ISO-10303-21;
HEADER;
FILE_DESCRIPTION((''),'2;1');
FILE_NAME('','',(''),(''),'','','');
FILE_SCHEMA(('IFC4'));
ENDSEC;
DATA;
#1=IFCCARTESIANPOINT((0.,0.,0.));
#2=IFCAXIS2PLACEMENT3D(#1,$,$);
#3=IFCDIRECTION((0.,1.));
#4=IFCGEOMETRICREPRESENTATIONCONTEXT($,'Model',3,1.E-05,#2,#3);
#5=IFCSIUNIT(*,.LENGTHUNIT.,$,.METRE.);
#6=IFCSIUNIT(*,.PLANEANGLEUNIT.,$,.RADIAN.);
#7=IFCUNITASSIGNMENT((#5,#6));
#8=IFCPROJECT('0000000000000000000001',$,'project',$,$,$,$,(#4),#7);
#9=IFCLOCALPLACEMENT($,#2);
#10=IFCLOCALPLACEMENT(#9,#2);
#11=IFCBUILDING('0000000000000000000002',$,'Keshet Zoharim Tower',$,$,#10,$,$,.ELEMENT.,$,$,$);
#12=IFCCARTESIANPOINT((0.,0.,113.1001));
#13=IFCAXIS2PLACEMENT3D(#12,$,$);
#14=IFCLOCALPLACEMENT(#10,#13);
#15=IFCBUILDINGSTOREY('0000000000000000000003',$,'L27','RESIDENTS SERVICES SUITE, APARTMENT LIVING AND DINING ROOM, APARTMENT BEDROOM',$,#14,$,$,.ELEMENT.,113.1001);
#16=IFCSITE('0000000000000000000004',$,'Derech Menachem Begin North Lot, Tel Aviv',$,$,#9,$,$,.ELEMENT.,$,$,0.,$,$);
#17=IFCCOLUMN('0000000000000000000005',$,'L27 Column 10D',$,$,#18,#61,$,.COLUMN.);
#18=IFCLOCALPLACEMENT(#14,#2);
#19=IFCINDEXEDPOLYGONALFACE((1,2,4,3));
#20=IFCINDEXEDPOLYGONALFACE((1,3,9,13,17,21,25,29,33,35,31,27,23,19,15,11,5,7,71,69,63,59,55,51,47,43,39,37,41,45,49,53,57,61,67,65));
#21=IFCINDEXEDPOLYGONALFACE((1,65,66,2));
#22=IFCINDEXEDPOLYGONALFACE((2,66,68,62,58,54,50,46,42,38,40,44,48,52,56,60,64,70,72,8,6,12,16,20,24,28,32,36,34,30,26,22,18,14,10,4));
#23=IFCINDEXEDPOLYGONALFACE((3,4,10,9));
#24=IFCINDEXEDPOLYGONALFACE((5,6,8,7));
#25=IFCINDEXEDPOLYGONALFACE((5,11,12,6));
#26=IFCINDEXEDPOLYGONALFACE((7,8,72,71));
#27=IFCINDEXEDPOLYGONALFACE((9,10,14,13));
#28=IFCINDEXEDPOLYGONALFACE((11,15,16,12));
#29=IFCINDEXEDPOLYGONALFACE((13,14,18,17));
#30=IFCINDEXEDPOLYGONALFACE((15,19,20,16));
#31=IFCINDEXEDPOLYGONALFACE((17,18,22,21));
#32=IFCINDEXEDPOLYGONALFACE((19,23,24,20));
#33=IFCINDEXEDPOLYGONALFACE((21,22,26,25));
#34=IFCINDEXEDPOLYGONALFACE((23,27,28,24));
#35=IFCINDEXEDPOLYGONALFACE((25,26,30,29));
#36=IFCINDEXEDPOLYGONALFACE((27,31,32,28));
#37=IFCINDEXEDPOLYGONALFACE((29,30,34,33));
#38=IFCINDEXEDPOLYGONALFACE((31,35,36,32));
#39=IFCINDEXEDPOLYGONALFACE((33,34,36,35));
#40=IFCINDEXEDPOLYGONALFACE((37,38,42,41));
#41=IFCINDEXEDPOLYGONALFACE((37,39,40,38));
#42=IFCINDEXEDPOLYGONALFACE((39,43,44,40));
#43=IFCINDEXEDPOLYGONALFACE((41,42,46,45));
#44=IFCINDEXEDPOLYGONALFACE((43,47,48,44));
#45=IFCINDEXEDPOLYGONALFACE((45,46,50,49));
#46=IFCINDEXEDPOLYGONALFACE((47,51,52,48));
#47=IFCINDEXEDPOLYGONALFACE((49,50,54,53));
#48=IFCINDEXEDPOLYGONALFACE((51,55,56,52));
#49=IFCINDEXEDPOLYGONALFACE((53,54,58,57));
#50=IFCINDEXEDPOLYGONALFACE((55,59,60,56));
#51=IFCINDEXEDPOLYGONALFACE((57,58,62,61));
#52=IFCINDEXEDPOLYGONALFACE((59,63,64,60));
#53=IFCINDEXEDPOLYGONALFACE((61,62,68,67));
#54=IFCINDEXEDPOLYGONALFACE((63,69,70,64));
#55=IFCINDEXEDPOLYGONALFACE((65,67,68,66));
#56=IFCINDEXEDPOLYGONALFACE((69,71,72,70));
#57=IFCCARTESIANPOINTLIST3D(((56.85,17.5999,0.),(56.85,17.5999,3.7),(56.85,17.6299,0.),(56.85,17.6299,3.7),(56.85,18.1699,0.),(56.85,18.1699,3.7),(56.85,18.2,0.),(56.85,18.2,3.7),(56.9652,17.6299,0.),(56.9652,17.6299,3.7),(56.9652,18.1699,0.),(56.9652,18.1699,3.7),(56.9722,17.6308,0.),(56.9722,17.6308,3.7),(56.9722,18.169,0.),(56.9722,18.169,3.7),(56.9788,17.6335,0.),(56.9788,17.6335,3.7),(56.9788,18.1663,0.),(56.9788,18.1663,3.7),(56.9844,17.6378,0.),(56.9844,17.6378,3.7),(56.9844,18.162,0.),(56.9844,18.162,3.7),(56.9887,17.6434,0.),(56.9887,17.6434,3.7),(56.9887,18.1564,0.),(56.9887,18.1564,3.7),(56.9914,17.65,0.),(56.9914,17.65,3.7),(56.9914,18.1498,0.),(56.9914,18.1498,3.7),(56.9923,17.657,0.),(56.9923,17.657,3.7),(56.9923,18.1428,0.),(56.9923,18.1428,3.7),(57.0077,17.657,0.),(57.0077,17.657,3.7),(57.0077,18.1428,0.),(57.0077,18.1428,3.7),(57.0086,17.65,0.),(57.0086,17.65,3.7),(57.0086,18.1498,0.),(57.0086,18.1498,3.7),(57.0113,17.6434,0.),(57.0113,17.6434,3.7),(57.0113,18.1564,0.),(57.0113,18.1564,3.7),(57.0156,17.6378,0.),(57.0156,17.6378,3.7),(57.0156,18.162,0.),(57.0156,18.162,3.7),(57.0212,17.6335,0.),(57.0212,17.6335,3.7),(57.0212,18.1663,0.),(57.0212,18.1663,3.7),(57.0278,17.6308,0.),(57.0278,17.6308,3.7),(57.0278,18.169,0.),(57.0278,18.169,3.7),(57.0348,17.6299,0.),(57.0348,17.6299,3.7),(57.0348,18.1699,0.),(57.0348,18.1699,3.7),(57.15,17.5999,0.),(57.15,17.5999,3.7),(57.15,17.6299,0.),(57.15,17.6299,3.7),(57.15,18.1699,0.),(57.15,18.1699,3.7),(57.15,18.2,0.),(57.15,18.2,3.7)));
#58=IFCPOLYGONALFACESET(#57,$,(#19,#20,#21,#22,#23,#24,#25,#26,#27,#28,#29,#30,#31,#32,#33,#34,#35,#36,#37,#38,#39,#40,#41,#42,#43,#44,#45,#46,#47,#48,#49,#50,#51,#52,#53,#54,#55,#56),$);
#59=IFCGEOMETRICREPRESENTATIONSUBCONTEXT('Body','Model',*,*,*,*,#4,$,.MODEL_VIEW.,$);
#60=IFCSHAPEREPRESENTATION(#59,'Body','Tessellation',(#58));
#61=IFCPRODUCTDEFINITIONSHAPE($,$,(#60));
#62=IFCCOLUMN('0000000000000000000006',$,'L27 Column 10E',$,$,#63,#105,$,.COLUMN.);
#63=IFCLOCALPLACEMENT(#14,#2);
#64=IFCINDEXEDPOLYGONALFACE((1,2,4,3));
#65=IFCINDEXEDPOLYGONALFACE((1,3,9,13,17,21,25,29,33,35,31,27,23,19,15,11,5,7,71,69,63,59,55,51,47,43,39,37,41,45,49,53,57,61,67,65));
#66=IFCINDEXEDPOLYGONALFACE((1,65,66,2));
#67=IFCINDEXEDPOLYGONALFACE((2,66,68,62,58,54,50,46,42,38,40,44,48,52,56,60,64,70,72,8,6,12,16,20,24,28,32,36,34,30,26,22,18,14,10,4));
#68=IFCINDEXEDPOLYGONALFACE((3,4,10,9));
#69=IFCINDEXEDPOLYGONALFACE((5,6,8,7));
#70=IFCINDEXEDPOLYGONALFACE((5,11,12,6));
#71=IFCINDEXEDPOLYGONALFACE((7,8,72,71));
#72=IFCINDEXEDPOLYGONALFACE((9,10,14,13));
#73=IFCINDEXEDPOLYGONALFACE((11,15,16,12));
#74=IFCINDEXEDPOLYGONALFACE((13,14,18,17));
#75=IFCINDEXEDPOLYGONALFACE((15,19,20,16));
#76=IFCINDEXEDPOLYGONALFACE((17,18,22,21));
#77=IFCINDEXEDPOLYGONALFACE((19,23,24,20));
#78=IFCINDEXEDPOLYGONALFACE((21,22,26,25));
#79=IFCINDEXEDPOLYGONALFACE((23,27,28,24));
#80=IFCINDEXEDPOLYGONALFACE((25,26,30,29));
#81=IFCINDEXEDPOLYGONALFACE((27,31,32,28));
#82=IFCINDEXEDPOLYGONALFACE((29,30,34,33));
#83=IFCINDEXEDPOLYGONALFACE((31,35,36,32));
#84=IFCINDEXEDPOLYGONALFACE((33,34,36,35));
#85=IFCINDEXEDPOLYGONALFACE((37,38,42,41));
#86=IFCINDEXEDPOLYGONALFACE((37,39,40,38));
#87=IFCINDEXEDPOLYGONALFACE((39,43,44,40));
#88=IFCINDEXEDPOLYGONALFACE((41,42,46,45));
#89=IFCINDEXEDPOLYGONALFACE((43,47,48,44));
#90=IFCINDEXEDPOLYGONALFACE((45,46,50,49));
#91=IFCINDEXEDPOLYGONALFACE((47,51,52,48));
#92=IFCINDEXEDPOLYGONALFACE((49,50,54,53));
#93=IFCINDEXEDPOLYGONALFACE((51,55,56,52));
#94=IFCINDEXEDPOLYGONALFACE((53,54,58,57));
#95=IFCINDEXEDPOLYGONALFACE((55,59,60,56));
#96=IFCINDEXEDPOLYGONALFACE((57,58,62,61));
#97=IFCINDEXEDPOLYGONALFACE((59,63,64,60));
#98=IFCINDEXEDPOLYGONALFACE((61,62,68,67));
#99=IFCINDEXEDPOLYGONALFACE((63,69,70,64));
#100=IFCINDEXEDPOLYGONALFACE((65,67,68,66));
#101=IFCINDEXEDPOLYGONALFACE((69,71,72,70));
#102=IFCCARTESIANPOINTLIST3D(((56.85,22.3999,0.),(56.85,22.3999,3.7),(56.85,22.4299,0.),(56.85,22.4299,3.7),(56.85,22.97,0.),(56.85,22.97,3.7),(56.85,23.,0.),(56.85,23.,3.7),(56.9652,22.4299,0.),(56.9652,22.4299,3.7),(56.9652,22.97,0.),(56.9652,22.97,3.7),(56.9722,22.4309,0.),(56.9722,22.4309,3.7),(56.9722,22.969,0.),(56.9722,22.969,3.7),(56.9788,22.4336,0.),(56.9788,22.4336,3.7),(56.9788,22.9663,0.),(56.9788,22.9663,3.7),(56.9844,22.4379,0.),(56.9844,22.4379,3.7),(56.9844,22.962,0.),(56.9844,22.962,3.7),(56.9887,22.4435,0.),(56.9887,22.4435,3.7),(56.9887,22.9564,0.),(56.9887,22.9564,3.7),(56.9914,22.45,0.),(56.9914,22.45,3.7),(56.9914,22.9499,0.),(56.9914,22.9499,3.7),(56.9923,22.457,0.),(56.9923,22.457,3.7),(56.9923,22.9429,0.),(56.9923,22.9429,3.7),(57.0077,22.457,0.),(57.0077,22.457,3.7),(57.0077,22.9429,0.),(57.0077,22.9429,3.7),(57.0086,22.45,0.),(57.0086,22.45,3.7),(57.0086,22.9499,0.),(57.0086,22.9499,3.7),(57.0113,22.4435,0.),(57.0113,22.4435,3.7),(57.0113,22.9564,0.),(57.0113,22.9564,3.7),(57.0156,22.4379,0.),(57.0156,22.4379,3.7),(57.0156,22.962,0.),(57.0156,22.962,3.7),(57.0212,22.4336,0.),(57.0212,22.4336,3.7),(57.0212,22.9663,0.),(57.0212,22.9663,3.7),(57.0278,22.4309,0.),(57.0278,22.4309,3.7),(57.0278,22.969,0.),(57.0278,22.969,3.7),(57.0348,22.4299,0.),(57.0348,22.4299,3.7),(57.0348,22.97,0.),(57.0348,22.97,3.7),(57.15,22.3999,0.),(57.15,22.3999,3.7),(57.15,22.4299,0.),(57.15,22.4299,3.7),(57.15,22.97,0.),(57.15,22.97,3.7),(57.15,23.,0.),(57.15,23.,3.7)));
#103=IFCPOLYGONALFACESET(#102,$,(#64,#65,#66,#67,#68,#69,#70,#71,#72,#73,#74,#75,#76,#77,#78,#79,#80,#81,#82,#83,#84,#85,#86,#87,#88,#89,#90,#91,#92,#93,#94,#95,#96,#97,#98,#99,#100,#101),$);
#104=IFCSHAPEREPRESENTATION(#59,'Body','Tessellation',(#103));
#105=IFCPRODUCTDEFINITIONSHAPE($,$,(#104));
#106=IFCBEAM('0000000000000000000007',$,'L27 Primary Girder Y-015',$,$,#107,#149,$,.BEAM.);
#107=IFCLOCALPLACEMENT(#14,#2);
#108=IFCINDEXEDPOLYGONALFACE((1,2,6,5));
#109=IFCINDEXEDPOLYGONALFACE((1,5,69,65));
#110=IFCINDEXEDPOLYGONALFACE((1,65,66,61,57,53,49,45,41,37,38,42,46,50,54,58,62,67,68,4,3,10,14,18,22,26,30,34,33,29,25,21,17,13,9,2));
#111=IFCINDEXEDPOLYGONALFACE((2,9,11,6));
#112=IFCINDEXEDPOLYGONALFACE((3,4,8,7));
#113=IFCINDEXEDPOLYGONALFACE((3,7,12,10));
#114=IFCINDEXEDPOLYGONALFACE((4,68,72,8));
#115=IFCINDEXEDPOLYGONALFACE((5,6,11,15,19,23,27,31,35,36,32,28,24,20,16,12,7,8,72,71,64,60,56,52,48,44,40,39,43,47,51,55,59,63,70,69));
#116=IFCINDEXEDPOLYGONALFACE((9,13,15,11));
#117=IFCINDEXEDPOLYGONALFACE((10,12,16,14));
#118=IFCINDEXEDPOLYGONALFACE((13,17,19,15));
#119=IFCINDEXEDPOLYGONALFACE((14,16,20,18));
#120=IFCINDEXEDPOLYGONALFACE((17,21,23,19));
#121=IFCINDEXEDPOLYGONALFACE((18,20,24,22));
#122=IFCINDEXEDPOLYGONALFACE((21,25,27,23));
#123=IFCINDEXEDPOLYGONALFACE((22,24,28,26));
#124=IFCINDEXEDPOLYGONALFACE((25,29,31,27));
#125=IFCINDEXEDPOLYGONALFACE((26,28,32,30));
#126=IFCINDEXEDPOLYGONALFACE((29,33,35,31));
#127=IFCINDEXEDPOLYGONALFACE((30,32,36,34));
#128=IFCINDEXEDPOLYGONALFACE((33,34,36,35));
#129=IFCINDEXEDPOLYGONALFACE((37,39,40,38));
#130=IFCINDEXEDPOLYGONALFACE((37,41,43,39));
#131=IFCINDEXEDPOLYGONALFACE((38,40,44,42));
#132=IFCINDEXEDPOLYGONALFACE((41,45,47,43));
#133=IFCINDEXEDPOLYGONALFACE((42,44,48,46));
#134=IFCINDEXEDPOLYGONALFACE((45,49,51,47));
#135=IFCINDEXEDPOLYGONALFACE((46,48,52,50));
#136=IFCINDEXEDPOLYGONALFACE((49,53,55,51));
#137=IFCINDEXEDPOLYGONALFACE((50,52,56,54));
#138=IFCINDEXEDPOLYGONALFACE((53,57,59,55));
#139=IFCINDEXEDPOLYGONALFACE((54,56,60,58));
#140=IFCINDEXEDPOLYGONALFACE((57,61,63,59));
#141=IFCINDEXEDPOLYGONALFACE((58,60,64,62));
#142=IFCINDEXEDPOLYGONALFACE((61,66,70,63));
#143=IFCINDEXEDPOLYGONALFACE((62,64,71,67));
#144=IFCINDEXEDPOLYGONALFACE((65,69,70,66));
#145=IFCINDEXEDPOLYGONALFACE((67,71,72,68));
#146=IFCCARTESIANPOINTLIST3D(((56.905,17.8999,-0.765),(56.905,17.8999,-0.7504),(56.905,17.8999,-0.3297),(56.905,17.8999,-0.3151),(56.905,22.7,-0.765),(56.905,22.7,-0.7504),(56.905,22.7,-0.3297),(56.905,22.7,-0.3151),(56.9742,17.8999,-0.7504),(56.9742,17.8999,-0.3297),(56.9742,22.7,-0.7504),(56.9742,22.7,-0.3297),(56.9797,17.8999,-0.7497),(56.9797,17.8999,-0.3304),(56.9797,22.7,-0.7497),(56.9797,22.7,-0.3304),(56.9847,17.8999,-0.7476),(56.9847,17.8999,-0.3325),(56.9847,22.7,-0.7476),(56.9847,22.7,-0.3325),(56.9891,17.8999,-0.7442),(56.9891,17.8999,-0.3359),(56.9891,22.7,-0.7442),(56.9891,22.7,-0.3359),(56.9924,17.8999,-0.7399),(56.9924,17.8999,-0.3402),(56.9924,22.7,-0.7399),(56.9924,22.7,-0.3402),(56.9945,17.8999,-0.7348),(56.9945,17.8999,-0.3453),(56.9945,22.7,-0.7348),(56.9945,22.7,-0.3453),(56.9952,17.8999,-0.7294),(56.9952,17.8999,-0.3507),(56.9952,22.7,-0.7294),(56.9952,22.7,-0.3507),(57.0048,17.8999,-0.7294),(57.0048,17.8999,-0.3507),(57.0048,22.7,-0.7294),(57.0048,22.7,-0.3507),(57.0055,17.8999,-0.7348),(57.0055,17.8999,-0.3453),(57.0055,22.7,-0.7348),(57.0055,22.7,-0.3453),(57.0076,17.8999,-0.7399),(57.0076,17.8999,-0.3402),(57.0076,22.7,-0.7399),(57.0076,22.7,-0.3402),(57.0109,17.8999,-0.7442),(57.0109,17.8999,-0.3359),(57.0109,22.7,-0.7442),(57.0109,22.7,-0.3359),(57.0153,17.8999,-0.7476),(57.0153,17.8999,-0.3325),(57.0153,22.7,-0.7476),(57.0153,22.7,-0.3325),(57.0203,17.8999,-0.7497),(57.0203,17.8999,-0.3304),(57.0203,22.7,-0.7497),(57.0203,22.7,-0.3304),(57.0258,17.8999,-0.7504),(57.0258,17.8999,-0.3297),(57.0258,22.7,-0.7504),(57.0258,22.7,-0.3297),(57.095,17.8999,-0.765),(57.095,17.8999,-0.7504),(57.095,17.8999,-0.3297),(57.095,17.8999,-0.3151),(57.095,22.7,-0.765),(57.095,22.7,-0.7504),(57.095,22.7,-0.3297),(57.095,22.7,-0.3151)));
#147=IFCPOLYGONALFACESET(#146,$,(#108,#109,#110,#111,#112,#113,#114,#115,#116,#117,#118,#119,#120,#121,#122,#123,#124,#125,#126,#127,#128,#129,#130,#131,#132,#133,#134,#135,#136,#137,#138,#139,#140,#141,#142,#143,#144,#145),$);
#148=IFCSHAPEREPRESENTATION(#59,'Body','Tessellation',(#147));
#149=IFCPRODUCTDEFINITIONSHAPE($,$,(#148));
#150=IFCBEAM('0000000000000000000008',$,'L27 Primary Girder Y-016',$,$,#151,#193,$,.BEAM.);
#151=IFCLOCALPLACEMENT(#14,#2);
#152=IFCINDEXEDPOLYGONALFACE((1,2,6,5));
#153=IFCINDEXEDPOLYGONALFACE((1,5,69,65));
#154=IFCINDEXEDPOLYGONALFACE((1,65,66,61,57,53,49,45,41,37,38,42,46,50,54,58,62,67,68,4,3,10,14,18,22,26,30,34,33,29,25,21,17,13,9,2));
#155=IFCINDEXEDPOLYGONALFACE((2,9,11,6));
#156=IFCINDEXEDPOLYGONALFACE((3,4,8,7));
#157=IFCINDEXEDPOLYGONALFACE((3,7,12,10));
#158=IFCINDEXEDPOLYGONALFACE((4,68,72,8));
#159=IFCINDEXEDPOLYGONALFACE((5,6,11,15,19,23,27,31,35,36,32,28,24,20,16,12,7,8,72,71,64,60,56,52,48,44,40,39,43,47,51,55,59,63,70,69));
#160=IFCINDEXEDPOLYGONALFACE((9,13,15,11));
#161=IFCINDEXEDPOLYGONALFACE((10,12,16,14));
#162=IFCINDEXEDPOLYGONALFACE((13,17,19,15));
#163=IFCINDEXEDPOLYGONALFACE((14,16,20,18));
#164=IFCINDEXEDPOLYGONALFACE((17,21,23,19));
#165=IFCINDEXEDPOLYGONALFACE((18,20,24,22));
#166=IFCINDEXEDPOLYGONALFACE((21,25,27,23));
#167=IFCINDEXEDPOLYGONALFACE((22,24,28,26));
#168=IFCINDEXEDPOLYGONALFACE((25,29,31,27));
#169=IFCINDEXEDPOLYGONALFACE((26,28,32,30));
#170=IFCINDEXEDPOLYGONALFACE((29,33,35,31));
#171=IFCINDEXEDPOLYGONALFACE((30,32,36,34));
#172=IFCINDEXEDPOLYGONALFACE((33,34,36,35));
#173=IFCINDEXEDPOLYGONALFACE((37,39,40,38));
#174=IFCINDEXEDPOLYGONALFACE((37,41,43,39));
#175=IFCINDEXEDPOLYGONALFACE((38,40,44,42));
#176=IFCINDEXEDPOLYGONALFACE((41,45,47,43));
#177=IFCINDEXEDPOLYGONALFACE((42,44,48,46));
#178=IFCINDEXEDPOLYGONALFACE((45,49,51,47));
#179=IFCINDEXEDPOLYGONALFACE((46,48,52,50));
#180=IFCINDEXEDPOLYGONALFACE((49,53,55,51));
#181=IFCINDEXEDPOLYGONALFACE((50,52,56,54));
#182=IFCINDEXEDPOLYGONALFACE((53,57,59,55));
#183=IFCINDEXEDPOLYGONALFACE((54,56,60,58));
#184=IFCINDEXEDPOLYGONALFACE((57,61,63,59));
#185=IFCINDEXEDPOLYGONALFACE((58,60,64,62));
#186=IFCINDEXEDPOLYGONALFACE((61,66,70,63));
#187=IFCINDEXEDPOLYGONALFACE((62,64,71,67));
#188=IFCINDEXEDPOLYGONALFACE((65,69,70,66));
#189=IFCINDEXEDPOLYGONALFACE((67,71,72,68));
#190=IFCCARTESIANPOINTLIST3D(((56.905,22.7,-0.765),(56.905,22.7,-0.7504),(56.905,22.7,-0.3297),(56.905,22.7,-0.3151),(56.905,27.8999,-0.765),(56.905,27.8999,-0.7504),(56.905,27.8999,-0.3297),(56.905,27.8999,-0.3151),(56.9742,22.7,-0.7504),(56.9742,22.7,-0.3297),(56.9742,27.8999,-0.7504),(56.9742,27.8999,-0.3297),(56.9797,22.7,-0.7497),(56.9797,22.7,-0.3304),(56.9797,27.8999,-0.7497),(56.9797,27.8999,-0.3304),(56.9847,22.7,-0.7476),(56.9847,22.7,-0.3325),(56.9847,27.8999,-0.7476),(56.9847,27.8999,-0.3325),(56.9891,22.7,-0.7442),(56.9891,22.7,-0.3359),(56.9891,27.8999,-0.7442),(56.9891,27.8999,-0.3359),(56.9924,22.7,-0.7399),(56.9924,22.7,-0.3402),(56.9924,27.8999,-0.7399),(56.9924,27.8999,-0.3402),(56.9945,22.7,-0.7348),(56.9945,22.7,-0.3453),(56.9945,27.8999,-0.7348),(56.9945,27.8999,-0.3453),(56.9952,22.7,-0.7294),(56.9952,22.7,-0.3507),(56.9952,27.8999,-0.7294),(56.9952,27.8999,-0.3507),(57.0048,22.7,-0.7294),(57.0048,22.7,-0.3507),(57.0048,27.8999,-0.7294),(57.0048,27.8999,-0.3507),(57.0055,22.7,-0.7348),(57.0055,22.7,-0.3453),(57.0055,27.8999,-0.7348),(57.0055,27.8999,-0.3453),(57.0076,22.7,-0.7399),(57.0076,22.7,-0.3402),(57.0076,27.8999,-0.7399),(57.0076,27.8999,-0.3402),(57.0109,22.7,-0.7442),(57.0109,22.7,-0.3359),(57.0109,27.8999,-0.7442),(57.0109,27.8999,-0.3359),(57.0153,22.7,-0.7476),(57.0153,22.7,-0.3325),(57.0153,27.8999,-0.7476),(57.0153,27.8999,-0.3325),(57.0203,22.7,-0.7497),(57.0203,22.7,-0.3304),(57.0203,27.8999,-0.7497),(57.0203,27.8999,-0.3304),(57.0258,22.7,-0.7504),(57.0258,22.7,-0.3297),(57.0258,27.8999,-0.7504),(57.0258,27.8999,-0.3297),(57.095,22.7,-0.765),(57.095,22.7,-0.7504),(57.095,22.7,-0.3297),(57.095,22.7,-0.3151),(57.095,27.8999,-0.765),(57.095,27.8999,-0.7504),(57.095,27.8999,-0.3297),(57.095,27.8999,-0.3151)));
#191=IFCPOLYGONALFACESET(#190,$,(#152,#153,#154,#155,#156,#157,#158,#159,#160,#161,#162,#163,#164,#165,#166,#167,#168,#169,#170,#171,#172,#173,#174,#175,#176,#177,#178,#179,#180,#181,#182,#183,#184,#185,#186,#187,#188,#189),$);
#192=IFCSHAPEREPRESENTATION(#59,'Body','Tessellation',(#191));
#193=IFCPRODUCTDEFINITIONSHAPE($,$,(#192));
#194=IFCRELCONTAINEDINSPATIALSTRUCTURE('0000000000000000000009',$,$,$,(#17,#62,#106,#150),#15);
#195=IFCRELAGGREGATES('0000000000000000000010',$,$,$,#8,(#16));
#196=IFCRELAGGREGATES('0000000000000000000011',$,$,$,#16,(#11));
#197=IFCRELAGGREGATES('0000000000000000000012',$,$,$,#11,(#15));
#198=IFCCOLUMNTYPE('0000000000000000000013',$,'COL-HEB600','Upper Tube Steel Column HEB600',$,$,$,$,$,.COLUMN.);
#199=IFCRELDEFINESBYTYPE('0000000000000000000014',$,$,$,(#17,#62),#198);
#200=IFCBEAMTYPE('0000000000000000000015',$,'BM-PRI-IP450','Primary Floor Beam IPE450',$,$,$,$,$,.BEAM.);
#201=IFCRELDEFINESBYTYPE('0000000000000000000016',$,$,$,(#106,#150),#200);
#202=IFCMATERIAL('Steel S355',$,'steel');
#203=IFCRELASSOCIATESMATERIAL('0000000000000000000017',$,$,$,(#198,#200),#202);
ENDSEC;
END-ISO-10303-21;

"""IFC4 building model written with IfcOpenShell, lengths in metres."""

from ifc_helpers import new_model, si_unit, direction, frame, origin, origin_2d, place, context, subcontext, project, spatial, i_section, extrude, material, material_profile, profile_set, type_object, element, save


model = new_model("IFC4")

# Units and contexts
model_context = context("Model", 3, precision=1e-05, world=origin(), true_north=direction((0.0, 1.0)))
body_context = subcontext(model_context, "Body", "Model", "MODEL_VIEW")
ifc_project = project(units=[si_unit("LENGTHUNIT", "METRE"), si_unit("PLANEANGLEUNIT", "RADIAN")], contexts=[model_context])

# Site, building, storey
site_placement = place(None, origin())
site = spatial("IfcSite", under=ifc_project, at=site_placement, Name="Derech Menachem Begin North Lot, Tel Aviv", CompositionType="ELEMENT", RefElevation=0.0)
building_placement = place(site_placement, origin())
building = spatial("IfcBuilding", under=site, at=building_placement, Name="Keshet Zoharim Tower", CompositionType="ELEMENT")
storey_placement = place(building_placement, frame((0.0, 0.0, 113.1001)))
storey = spatial("IfcBuildingStorey", under=building, at=storey_placement, Name="L27", Description="RESIDENTS SERVICES SUITE, APARTMENT LIVING AND DINING ROOM, APARTMENT BEDROOM", CompositionType="ELEMENT", Elevation=113.1001)

# Columns
ifc_material_1 = material(Name="Steel S355", Category="steel")
ifc_material_profile_1 = material_profile(ifc_material_1, i_section(OverallWidth=0.3, OverallDepth=0.6001, WebThickness=0.0154, FlangeThickness=0.03, FilletRadius=0.0271, at=origin_2d()), Name="HEB600")
ifc_profile_set_1 = profile_set([ifc_material_profile_1], Name="Steel S355")
column_type = type_object("IfcColumnType", Name="COL-HEB600", Description="Upper Tube Steel Column HEB600", PredefinedType="COLUMN", material=ifc_profile_set_1)
for number, where, z_axis, x_axis, name in (
    (1, (57.0, 17.8999, 0.0), (0.0, 0.0, 1.0), (1.0, 0.0, 0.0), "L27 Column 10D"),
    (2, (57.0, 22.7, 0.0), (0.0, 0.0, 1.0), (1.0, 0.0, 0.0), "L27 Column 10E"),
):
    element("IfcColumn", number, at=place(storey_placement, frame(where, z_axis=z_axis, x_axis=x_axis)), inside=storey, type_object=column_type, Name=name, PredefinedType="COLUMN", context=body_context, shape_type="SweptSolid", body=[
        extrude(i_section(OverallWidth=0.3, OverallDepth=0.6001, WebThickness=0.0154, FlangeThickness=0.03, FilletRadius=0.0271, at=origin_2d()), origin(), (0.0, 0.0, 1.0), 3.7),
    ])

# Beams
ifc_material_profile_2 = material_profile(ifc_material_1, i_section(OverallWidth=0.1899, OverallDepth=0.45, WebThickness=0.0095, FlangeThickness=0.0146, FilletRadius=0.021, at=origin_2d()), Name="IPE450")
ifc_profile_set_2 = profile_set([ifc_material_profile_2], Name="Steel S355")
beam_type = type_object("IfcBeamType", Name="BM-PRI-IP450", Description="Primary Floor Beam IPE450", PredefinedType="BEAM", material=ifc_profile_set_2)
beam_1_placement = place(storey_placement, frame((57.0, 17.8999, -0.54), z_axis=(0.0, 1.0, 0.0), x_axis=(-1.0, 0.0, 0.0)))
element("IfcBeam", 3, at=beam_1_placement, inside=storey, type_object=beam_type, Name="L27 Primary Girder Y-015", PredefinedType="BEAM", context=body_context, shape_type="SweptSolid", body=[
    extrude(i_section(OverallWidth=0.1899, OverallDepth=0.45, WebThickness=0.0095, FlangeThickness=0.0146, FilletRadius=0.021, at=origin_2d()), origin(), (0.0, 0.0, 1.0), 4.8),
])
beam_2_placement = place(storey_placement, frame((57.0, 22.7, -0.54), z_axis=(0.0, 1.0, 0.0), x_axis=(-1.0, 0.0, 0.0)))
element("IfcBeam", 4, at=beam_2_placement, inside=storey, type_object=beam_type, Name="L27 Primary Girder Y-016", PredefinedType="BEAM", context=body_context, shape_type="SweptSolid", body=[
    extrude(i_section(OverallWidth=0.1899, OverallDepth=0.45, WebThickness=0.0095, FlangeThickness=0.0146, FilletRadius=0.021, at=origin_2d()), origin(), (0.0, 0.0, 1.0), 5.2),
])

save(model, "model.ifc")
